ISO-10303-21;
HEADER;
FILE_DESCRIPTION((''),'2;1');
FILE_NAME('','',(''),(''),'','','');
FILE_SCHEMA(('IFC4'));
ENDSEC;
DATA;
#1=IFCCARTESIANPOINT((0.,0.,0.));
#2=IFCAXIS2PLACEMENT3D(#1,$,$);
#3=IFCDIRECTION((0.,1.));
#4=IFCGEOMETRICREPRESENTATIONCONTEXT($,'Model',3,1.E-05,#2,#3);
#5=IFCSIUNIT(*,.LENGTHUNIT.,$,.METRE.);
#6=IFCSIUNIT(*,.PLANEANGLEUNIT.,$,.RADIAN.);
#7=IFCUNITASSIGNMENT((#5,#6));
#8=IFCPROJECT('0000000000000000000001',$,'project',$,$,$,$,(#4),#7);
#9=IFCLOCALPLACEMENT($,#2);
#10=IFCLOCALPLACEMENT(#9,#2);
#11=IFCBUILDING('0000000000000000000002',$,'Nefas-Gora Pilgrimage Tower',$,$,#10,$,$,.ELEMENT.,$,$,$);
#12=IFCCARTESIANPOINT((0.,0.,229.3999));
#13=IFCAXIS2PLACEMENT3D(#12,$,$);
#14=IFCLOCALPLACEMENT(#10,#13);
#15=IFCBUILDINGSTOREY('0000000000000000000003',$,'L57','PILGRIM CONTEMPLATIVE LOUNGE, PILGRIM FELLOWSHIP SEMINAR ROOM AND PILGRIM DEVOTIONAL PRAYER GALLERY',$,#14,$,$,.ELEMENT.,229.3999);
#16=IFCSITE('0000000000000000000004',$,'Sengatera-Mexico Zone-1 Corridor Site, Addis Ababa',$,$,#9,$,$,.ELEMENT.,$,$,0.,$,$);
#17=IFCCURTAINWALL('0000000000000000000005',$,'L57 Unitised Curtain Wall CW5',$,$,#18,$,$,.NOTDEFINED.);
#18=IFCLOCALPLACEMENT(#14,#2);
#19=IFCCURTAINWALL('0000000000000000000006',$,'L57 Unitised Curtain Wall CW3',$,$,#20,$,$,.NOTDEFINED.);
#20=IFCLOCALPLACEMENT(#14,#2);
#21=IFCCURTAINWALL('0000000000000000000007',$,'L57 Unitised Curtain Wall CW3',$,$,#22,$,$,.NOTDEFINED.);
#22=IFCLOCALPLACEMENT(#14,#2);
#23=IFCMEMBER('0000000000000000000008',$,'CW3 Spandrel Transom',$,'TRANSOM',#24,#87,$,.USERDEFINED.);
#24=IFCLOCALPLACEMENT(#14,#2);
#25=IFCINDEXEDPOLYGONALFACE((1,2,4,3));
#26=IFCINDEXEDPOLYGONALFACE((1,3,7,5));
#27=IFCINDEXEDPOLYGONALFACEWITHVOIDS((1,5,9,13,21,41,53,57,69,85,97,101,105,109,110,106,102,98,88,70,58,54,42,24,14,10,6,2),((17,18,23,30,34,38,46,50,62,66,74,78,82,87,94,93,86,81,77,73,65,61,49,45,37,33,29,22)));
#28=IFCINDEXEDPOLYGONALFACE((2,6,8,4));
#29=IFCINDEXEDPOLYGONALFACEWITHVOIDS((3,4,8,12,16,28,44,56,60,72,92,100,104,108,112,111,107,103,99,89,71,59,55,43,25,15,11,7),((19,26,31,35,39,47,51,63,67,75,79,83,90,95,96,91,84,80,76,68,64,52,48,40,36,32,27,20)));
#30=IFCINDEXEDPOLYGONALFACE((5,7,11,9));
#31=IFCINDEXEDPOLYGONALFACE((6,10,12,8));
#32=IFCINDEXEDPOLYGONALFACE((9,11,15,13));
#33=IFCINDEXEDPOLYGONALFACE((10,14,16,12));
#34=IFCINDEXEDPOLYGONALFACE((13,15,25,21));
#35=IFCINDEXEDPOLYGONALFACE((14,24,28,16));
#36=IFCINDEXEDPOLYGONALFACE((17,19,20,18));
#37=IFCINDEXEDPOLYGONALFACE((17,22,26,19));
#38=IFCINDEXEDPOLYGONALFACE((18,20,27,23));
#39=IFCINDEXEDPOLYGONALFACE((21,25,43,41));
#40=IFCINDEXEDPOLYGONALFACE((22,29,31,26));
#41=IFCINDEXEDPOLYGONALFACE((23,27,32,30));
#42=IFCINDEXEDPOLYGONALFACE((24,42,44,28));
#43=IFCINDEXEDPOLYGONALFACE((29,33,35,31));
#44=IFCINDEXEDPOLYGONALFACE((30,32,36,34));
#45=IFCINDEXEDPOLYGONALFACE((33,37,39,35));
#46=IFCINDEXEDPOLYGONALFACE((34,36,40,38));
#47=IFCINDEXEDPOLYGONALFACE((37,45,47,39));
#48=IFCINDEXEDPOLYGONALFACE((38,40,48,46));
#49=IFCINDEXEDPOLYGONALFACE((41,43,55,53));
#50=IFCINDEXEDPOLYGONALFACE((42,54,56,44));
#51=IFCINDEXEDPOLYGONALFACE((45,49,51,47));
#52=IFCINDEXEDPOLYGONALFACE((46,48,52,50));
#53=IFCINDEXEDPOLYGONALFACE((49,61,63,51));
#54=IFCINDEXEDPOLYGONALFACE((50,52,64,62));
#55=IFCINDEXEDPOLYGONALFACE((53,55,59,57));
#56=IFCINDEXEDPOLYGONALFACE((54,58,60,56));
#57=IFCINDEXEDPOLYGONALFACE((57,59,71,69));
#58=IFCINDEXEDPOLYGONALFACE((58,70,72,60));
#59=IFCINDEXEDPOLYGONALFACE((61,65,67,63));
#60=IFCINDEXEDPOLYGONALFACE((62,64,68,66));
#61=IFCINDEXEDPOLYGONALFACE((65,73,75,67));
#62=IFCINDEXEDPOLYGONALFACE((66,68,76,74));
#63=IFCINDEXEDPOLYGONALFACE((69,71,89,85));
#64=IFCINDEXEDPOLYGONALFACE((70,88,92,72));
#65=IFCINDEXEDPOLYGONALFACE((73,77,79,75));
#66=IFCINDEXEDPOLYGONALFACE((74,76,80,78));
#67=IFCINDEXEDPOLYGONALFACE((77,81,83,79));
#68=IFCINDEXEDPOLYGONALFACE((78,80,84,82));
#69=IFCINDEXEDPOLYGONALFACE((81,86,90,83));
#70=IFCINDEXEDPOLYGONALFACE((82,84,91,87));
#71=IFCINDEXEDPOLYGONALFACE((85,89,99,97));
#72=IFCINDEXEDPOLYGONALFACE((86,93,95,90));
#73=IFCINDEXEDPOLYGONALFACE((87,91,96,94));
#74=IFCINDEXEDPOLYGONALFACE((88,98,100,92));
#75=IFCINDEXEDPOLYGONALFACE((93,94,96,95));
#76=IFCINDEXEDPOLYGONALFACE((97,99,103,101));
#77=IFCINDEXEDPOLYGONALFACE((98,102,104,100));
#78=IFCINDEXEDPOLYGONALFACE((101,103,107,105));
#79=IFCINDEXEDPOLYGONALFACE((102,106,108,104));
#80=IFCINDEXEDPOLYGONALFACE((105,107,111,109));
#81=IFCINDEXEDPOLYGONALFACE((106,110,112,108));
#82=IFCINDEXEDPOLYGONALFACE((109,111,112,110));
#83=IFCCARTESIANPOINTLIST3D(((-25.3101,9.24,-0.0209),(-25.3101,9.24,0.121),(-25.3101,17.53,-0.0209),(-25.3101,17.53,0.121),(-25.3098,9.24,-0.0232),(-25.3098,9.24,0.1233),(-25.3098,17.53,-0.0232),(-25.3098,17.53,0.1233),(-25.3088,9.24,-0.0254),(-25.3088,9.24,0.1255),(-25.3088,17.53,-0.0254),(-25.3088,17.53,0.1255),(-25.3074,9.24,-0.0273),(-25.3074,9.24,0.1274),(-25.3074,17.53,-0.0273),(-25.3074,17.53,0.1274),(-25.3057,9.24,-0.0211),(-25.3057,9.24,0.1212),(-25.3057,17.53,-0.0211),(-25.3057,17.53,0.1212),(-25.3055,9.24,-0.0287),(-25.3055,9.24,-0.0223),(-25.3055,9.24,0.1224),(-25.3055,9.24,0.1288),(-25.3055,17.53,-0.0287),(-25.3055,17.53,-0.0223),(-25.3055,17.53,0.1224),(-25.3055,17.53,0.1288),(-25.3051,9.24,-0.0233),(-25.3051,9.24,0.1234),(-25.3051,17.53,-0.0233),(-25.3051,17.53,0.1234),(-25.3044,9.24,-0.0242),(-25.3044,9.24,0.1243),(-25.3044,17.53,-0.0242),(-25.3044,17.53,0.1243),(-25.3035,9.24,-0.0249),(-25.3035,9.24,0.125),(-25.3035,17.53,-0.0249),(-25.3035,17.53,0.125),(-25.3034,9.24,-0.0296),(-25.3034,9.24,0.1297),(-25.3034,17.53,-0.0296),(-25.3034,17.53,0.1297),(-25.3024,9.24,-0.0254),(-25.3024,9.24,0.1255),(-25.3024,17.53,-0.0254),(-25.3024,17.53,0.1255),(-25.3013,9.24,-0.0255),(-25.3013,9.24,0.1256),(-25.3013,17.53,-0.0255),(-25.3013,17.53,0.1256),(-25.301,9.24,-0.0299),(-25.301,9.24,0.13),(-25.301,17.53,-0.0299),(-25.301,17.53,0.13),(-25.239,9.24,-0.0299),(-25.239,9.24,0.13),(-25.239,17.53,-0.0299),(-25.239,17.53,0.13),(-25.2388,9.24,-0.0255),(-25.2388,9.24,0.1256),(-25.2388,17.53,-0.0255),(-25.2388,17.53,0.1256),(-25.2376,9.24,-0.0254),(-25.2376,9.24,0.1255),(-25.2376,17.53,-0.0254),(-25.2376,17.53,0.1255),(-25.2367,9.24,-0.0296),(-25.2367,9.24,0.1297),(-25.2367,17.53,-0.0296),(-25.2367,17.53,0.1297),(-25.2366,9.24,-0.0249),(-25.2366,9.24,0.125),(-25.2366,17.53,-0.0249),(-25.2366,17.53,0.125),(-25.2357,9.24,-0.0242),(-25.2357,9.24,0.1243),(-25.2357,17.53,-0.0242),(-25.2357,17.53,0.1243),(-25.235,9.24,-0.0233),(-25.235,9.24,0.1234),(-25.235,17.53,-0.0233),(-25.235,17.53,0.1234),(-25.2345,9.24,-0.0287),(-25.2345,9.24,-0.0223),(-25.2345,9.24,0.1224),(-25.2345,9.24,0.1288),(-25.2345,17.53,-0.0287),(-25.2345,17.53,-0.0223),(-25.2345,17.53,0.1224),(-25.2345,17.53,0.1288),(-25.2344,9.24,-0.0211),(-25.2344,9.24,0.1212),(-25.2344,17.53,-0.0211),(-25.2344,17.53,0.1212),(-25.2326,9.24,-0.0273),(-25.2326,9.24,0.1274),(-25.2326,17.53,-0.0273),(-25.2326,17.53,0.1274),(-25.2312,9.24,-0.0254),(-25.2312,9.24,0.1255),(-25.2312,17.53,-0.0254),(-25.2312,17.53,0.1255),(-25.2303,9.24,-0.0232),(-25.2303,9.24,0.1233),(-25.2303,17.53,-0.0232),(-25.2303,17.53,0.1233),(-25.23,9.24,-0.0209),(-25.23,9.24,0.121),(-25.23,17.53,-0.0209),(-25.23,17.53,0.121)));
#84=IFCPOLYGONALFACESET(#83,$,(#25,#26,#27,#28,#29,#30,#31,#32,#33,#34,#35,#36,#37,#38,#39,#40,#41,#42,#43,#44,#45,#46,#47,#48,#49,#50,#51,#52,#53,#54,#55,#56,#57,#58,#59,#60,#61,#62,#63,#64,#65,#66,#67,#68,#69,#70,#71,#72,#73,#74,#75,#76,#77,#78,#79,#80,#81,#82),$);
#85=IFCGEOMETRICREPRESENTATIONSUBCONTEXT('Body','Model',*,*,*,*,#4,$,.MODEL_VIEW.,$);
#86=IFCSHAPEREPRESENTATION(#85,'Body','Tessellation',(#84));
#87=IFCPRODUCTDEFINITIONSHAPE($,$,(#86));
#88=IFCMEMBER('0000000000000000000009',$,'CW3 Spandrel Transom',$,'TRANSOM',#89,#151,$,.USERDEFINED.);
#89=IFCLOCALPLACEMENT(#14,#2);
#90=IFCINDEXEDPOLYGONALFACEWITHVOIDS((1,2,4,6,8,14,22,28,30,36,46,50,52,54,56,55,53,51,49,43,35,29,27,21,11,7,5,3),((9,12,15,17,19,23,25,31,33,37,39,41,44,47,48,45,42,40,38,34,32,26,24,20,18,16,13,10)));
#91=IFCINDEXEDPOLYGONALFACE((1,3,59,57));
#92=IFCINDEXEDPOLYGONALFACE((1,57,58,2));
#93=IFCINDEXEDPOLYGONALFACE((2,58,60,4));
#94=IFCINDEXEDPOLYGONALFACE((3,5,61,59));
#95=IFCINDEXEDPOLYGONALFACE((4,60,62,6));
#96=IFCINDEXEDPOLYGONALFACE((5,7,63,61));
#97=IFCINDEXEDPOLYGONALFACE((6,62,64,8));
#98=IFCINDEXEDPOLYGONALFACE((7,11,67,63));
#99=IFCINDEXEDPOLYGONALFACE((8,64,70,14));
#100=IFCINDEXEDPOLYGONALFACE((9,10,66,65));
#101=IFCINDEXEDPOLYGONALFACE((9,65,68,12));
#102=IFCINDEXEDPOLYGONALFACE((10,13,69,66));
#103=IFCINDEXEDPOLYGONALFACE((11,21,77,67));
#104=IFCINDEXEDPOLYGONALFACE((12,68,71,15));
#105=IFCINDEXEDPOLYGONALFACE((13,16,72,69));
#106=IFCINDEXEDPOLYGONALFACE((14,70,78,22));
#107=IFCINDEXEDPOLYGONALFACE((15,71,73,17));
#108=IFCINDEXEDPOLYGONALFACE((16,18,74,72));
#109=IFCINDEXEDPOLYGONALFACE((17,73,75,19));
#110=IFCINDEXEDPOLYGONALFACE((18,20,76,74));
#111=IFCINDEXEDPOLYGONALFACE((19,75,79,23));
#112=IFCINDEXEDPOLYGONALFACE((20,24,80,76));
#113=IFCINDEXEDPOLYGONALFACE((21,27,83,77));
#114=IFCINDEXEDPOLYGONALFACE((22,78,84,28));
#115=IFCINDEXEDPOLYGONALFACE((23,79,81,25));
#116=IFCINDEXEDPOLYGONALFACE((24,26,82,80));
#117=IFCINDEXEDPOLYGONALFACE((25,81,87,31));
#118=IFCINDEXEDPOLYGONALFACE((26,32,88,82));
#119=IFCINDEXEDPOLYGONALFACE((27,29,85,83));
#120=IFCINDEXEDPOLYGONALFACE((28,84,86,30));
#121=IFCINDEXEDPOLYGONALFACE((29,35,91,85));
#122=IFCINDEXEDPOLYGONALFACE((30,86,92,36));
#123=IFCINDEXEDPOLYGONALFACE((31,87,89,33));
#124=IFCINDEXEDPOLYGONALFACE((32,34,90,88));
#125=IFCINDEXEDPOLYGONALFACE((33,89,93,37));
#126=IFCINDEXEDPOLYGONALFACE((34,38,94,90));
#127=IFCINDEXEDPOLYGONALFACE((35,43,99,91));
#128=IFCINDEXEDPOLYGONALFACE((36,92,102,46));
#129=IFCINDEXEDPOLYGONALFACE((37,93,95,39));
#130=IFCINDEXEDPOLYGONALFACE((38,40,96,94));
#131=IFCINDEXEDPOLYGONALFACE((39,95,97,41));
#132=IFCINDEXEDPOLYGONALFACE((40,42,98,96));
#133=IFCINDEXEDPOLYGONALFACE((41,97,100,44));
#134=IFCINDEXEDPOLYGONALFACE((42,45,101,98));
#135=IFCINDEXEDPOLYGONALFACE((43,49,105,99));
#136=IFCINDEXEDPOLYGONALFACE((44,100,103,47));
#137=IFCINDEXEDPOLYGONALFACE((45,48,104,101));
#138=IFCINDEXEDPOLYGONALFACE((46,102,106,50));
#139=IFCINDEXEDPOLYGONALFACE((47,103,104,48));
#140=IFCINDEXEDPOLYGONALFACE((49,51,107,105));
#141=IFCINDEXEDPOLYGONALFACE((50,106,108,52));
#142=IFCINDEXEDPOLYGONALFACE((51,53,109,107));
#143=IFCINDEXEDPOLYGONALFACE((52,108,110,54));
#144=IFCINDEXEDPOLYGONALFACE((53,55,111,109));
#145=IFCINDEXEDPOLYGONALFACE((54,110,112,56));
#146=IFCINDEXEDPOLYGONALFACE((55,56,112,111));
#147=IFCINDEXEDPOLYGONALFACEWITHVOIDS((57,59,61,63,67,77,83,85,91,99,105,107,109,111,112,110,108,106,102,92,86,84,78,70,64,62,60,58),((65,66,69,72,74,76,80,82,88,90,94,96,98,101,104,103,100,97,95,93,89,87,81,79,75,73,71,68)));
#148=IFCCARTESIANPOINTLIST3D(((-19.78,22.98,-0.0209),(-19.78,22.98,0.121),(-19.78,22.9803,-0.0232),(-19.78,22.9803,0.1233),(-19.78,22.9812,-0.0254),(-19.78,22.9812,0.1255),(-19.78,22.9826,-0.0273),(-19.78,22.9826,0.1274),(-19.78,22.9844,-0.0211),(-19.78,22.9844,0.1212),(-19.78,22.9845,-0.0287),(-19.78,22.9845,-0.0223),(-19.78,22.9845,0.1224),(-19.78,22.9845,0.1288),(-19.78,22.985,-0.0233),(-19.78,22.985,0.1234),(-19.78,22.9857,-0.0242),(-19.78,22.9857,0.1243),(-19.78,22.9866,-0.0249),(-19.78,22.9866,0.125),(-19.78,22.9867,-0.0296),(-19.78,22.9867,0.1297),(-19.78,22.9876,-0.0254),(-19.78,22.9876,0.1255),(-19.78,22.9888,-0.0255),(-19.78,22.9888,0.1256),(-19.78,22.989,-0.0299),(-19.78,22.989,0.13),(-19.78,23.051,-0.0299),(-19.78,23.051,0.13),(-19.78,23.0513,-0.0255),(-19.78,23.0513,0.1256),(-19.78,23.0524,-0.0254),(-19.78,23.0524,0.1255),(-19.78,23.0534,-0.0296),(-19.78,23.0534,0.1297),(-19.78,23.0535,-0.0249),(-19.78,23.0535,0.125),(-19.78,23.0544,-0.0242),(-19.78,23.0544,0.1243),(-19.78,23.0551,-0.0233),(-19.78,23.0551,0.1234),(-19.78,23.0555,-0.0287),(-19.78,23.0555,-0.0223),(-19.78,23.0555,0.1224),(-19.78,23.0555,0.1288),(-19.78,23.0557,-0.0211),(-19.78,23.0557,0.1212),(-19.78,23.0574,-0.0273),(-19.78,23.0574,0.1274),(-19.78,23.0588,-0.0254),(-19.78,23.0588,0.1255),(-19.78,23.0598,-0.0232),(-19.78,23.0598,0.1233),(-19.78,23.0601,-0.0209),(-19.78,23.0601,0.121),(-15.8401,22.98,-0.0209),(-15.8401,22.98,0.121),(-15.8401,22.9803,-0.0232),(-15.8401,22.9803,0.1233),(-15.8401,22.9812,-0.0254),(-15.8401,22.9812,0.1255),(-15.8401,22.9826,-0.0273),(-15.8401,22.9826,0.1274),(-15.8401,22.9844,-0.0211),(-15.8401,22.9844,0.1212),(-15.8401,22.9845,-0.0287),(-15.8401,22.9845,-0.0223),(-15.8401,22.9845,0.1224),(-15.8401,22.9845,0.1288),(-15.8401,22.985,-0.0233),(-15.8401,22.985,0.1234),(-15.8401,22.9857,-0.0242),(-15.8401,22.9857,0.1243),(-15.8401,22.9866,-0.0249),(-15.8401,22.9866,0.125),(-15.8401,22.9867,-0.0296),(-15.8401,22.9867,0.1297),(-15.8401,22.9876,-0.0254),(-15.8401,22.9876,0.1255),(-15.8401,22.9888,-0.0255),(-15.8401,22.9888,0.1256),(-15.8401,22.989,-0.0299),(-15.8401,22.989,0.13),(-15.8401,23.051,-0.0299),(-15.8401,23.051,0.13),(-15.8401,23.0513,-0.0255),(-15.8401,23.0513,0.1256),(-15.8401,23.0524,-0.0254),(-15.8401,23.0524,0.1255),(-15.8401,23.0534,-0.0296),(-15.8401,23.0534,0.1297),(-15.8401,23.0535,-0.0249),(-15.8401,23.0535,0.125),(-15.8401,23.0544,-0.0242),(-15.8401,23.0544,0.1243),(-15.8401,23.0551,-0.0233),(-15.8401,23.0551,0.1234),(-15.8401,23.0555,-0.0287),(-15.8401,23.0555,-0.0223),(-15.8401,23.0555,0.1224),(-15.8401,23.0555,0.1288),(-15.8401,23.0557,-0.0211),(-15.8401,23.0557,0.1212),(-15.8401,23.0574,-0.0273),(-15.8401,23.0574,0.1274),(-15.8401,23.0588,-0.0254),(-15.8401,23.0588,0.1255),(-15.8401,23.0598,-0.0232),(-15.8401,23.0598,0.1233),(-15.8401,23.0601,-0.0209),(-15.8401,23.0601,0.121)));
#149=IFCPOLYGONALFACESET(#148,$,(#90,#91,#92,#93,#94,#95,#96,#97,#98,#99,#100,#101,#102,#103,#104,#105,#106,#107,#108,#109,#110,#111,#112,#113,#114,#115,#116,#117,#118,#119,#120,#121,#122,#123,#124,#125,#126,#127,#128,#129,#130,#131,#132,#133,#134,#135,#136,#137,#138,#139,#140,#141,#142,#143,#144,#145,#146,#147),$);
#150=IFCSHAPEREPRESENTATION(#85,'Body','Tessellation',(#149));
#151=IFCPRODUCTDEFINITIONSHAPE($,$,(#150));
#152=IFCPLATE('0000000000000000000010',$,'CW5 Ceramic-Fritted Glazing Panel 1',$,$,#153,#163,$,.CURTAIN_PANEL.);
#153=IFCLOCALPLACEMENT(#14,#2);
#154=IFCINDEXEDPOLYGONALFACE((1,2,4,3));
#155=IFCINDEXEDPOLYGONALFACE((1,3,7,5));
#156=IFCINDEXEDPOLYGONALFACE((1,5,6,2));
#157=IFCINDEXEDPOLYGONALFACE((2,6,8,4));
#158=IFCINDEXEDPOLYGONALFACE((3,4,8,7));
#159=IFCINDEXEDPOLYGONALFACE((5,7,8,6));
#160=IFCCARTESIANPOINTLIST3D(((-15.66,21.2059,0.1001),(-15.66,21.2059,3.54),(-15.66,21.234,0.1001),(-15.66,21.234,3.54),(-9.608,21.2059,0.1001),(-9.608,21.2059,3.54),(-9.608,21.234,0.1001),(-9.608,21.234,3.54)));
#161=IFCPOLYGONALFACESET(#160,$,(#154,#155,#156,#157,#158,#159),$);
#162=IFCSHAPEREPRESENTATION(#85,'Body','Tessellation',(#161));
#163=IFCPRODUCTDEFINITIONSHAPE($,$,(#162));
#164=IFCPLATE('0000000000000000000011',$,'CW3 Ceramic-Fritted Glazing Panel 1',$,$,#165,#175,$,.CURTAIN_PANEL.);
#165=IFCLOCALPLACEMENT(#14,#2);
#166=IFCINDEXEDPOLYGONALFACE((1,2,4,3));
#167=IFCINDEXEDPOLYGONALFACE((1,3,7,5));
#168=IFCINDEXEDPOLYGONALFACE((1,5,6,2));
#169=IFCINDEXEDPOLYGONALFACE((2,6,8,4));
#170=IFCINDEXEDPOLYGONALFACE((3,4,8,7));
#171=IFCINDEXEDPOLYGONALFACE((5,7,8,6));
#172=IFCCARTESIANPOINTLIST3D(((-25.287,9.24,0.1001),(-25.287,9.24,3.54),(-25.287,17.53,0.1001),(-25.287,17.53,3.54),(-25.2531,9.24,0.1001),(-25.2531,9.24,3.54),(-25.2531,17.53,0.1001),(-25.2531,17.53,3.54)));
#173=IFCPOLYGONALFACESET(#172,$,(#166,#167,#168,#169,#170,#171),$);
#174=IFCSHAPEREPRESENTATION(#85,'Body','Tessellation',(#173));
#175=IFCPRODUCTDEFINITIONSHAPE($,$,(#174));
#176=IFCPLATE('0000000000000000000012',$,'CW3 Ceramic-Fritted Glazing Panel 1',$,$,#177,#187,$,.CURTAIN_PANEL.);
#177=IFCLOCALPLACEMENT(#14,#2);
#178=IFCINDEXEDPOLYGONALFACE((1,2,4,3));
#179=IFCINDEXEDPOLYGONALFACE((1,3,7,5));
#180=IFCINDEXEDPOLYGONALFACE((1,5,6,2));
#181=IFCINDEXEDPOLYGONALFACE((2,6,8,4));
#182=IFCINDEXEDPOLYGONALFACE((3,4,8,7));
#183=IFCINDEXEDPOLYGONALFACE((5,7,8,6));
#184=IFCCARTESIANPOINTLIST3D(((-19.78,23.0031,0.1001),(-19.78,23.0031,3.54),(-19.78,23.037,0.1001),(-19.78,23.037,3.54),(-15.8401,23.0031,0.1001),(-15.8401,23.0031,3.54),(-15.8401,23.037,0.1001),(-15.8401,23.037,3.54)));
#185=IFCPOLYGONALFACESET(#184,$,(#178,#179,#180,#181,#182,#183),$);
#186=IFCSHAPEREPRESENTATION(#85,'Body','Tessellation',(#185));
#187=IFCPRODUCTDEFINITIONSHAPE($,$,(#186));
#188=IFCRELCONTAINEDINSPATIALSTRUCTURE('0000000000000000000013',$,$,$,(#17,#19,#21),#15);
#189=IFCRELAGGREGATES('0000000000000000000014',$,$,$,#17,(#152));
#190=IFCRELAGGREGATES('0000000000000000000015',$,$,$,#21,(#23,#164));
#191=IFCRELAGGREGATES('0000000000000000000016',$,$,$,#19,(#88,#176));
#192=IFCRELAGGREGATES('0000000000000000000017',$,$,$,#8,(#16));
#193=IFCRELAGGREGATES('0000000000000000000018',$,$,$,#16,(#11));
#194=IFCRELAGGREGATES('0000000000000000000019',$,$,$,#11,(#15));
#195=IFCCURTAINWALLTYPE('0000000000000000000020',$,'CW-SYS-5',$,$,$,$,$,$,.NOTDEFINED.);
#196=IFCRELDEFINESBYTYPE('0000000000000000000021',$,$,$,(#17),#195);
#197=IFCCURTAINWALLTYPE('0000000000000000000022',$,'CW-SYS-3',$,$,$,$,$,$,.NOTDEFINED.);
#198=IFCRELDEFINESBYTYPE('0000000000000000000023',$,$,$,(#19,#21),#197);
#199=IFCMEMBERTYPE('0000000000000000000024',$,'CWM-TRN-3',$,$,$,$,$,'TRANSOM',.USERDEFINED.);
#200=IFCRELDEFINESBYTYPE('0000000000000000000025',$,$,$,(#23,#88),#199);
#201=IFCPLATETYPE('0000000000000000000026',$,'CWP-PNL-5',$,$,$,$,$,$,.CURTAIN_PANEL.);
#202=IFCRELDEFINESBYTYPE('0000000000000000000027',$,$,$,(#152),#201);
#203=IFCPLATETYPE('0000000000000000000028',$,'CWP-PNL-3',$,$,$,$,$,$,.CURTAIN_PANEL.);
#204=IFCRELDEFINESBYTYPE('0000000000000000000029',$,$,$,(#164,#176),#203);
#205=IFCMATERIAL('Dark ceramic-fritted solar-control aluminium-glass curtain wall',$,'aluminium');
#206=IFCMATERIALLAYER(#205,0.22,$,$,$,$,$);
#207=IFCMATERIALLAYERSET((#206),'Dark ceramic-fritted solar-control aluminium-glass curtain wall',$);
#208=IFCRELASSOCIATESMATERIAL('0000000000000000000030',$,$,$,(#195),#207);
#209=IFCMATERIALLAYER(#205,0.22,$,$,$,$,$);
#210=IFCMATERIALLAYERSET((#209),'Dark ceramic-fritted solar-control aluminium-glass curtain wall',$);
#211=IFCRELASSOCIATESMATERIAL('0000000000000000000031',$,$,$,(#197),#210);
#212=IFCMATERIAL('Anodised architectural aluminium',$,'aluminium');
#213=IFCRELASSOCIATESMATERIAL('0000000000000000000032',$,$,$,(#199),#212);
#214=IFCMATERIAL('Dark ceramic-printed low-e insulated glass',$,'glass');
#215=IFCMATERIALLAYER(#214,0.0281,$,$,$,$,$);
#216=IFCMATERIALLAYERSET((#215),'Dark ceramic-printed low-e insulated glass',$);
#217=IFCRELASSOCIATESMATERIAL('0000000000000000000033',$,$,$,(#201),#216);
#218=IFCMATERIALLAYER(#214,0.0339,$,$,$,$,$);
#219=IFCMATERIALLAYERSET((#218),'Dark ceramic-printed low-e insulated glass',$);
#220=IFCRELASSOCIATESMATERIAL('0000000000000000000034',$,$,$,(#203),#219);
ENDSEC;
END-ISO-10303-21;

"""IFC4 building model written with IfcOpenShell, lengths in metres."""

from ifc_helpers import new_model, si_unit, direction, frame, origin, origin_2d, place, context, subcontext, project, spatial, rectangle, hollow_rectangle, extrude, source, transform, mapped, material, layer, layer_set, material_profile, profile_set, type_object, element, aggregate, save


model = new_model("IFC4")

# Units and contexts
model_context = context("Model", 3, precision=1e-05, world=origin(), true_north=direction((0.0, 1.0)))
body_context = subcontext(model_context, "Body", "Model", "MODEL_VIEW")
ifc_project = project(units=[si_unit("LENGTHUNIT", "METRE"), si_unit("PLANEANGLEUNIT", "RADIAN")], contexts=[model_context])

# Site, building, storey
site_placement = place(None, origin())
site = spatial("IfcSite", under=ifc_project, at=site_placement, Name="Sengatera-Mexico Zone-1 Corridor Site, Addis Ababa", CompositionType="ELEMENT", RefElevation=0.0)
building_placement = place(site_placement, origin())
building = spatial("IfcBuilding", under=site, at=building_placement, Name="Nefas-Gora Pilgrimage Tower", CompositionType="ELEMENT")
storey_placement = place(building_placement, frame((0.0, 0.0, 229.3999)))
storey = spatial("IfcBuildingStorey", under=building, at=storey_placement, Name="L57", Description="PILGRIM CONTEMPLATIVE LOUNGE, PILGRIM FELLOWSHIP SEMINAR ROOM AND PILGRIM DEVOTIONAL PRAYER GALLERY", CompositionType="ELEMENT", Elevation=229.3999)

# Curtain walls, member
ifc_material_1 = material(Name="Dark ceramic-fritted solar-control aluminium-glass curtain wall", Category="aluminium")
ifc_layer_1 = layer(ifc_material_1, 0.22)
ifc_layer_set_1 = layer_set([ifc_layer_1], Name="Dark ceramic-fritted solar-control aluminium-glass curtain wall")
curtain_wall_type_1 = type_object("IfcCurtainWallType", Name="CW-SYS-5", PredefinedType="NOTDEFINED", material=ifc_layer_set_1)
curtain_wall_1_placement = place(storey_placement, origin())
curtain_wall_1 = element("IfcCurtainWall", 1, at=curtain_wall_1_placement, inside=storey, type_object=curtain_wall_type_1, Name="L57 Unitised Curtain Wall CW5", PredefinedType="NOTDEFINED")
ifc_material_2 = material(Name="Anodised architectural aluminium", Category="aluminium")
ifc_layer_2 = layer(ifc_material_1, 0.22)
ifc_layer_set_2 = layer_set([ifc_layer_2], Name="Dark ceramic-fritted solar-control aluminium-glass curtain wall")
curtain_wall_type_2 = type_object("IfcCurtainWallType", Name="CW-SYS-3", PredefinedType="NOTDEFINED", material=ifc_layer_set_2)
curtain_wall_2_placement = place(storey_placement, origin())
curtain_wall_2 = element("IfcCurtainWall", 2, at=curtain_wall_2_placement, inside=storey, type_object=curtain_wall_type_2, Name="L57 Unitised Curtain Wall CW3", PredefinedType="NOTDEFINED")
curtain_wall_3_placement = place(storey_placement, origin())
curtain_wall_3 = element("IfcCurtainWall", 3, at=curtain_wall_3_placement, inside=storey, type_object=curtain_wall_type_2, Name="L57 Unitised Curtain Wall CW3", PredefinedType="NOTDEFINED")
ifc_material_profile_1 = material_profile(ifc_material_2, hollow_rectangle(XDim=0.0801, YDim=0.1599, WallThickness=0.0044, InnerFilletRadius=0.0044, OuterFilletRadius=0.009, at=origin_2d()), Name="ALU TRANSOM 80x160")
ifc_profile_set_1 = profile_set([ifc_material_profile_1], Name="Anodised architectural aluminium")
member_type_1 = type_object("IfcMemberType", Name="CWM-TRN-3", ElementType="TRANSOM", PredefinedType="USERDEFINED", material=ifc_profile_set_1)
shared_shape_1 = source(origin(), body_context, "Body", "SweptSolid", [
    extrude(hollow_rectangle(XDim=0.0801, YDim=0.1599, WallThickness=0.0044, InnerFilletRadius=0.0044, OuterFilletRadius=0.009, at=origin_2d()), origin(), (0.0, 0.0, 1.0), 8.29),
])
member_1_placement = place(storey_placement, frame((-25.27, 17.53, 0.05), z_axis=(0.0, -1.0, 0.0), x_axis=(1.0, 0.0, 0.0)))
member_1 = element("IfcMember", 4, at=member_1_placement, type_object=member_type_1, Name="CW3 Spandrel Transom", ObjectType="TRANSOM", PredefinedType="USERDEFINED", context=body_context, shape_type="MappedRepresentation", body=[
    mapped(shared_shape_1, transform((0.0, 0.0, 0.0), x_axis=(1.0, 0.0, 0.0), y_axis=(0.0, 1.0, 0.0), z_axis=(0.0, 0.0, 1.0), scale=1.0)),
])

# Member
shared_shape_2 = source(origin(), body_context, "Body", "SweptSolid", [
    extrude(hollow_rectangle(XDim=0.0801, YDim=0.1599, WallThickness=0.0044, InnerFilletRadius=0.0044, OuterFilletRadius=0.009, at=origin_2d()), origin(), (0.0, 0.0, 1.0), 3.9399),
])
member_2_placement = place(storey_placement, frame((-15.8401, 23.02, 0.05), z_axis=(-1.0, 0.0, 0.0), x_axis=(0.0, -1.0, 0.0)))
member_2 = element("IfcMember", 5, at=member_2_placement, type_object=member_type_1, Name="CW3 Spandrel Transom", ObjectType="TRANSOM", PredefinedType="USERDEFINED", context=body_context, shape_type="MappedRepresentation", body=[
    mapped(shared_shape_2, transform((0.0, 0.0, 0.0), x_axis=(1.0, 0.0, 0.0), y_axis=(0.0, 1.0, 0.0), z_axis=(0.0, 0.0, 1.0), scale=1.0)),
])

# Plates
ifc_material_3 = material(Name="Dark ceramic-printed low-e insulated glass", Category="glass")
ifc_layer_3 = layer(ifc_material_3, 0.0281)
ifc_layer_set_3 = layer_set([ifc_layer_3], Name="Dark ceramic-printed low-e insulated glass")
plate_type_1 = type_object("IfcPlateType", Name="CWP-PNL-5", PredefinedType="CURTAIN_PANEL", material=ifc_layer_set_3)
shared_shape_3 = source(origin(), body_context, "Body", "SweptSolid", [
    extrude(rectangle(XDim=6.052, YDim=0.0281, at=origin_2d()), origin(), (0.0, 0.0, 1.0), 3.4399),
])
plate_1_placement = place(storey_placement, frame((-12.634, 21.22, 0.1001), z_axis=(0.0, 0.0, 1.0), x_axis=(-1.0, 0.0, 0.0)))
plate_1 = element("IfcPlate", 6, at=plate_1_placement, type_object=plate_type_1, Name="CW5 Ceramic-Fritted Glazing Panel 1", PredefinedType="CURTAIN_PANEL", context=body_context, shape_type="MappedRepresentation", body=[
    mapped(shared_shape_3, transform((0.0, 0.0, 0.0), x_axis=(1.0, 0.0, 0.0), y_axis=(0.0, 1.0, 0.0), z_axis=(0.0, 0.0, 1.0), scale=1.0)),
])
aggregate(curtain_wall_1, [plate_1])
ifc_layer_4 = layer(ifc_material_3, 0.0339)
ifc_layer_set_4 = layer_set([ifc_layer_4], Name="Dark ceramic-printed low-e insulated glass")
plate_type_2 = type_object("IfcPlateType", Name="CWP-PNL-3", PredefinedType="CURTAIN_PANEL", material=ifc_layer_set_4)
shared_shape_4 = source(origin(), body_context, "Body", "SweptSolid", [
    extrude(rectangle(XDim=8.29, YDim=0.0339, at=origin_2d()), origin(), (0.0, 0.0, 1.0), 3.4399),
])
plate_2_placement = place(storey_placement, frame((-25.27, 13.385, 0.1001), z_axis=(0.0, 0.0, 1.0), x_axis=(0.0, -1.0, 0.0)))
plate_2 = element("IfcPlate", 7, at=plate_2_placement, type_object=plate_type_2, Name="CW3 Ceramic-Fritted Glazing Panel 1", PredefinedType="CURTAIN_PANEL", context=body_context, shape_type="MappedRepresentation", body=[
    mapped(shared_shape_4, transform((0.0, 0.0, 0.0), x_axis=(1.0, 0.0, 0.0), y_axis=(0.0, 1.0, 0.0), z_axis=(0.0, 0.0, 1.0), scale=1.0)),
])
aggregate(curtain_wall_3, [member_1, plate_2])
shared_shape_5 = source(origin(), body_context, "Body", "SweptSolid", [
    extrude(rectangle(XDim=3.9399, YDim=0.0339, at=origin_2d()), origin(), (0.0, 0.0, 1.0), 3.4399),
])
plate_3_placement = place(storey_placement, frame((-17.8101, 23.02, 0.1001), z_axis=(0.0, 0.0, 1.0), x_axis=(-1.0, 0.0, 0.0)))
plate_3 = element("IfcPlate", 8, at=plate_3_placement, type_object=plate_type_2, Name="CW3 Ceramic-Fritted Glazing Panel 1", PredefinedType="CURTAIN_PANEL", context=body_context, shape_type="MappedRepresentation", body=[
    mapped(shared_shape_5, transform((0.0, 0.0, 0.0), x_axis=(1.0, 0.0, 0.0), y_axis=(0.0, 1.0, 0.0), z_axis=(0.0, 0.0, 1.0), scale=1.0)),
])
aggregate(curtain_wall_2, [member_2, plate_3])

save(model, "model.ifc")
